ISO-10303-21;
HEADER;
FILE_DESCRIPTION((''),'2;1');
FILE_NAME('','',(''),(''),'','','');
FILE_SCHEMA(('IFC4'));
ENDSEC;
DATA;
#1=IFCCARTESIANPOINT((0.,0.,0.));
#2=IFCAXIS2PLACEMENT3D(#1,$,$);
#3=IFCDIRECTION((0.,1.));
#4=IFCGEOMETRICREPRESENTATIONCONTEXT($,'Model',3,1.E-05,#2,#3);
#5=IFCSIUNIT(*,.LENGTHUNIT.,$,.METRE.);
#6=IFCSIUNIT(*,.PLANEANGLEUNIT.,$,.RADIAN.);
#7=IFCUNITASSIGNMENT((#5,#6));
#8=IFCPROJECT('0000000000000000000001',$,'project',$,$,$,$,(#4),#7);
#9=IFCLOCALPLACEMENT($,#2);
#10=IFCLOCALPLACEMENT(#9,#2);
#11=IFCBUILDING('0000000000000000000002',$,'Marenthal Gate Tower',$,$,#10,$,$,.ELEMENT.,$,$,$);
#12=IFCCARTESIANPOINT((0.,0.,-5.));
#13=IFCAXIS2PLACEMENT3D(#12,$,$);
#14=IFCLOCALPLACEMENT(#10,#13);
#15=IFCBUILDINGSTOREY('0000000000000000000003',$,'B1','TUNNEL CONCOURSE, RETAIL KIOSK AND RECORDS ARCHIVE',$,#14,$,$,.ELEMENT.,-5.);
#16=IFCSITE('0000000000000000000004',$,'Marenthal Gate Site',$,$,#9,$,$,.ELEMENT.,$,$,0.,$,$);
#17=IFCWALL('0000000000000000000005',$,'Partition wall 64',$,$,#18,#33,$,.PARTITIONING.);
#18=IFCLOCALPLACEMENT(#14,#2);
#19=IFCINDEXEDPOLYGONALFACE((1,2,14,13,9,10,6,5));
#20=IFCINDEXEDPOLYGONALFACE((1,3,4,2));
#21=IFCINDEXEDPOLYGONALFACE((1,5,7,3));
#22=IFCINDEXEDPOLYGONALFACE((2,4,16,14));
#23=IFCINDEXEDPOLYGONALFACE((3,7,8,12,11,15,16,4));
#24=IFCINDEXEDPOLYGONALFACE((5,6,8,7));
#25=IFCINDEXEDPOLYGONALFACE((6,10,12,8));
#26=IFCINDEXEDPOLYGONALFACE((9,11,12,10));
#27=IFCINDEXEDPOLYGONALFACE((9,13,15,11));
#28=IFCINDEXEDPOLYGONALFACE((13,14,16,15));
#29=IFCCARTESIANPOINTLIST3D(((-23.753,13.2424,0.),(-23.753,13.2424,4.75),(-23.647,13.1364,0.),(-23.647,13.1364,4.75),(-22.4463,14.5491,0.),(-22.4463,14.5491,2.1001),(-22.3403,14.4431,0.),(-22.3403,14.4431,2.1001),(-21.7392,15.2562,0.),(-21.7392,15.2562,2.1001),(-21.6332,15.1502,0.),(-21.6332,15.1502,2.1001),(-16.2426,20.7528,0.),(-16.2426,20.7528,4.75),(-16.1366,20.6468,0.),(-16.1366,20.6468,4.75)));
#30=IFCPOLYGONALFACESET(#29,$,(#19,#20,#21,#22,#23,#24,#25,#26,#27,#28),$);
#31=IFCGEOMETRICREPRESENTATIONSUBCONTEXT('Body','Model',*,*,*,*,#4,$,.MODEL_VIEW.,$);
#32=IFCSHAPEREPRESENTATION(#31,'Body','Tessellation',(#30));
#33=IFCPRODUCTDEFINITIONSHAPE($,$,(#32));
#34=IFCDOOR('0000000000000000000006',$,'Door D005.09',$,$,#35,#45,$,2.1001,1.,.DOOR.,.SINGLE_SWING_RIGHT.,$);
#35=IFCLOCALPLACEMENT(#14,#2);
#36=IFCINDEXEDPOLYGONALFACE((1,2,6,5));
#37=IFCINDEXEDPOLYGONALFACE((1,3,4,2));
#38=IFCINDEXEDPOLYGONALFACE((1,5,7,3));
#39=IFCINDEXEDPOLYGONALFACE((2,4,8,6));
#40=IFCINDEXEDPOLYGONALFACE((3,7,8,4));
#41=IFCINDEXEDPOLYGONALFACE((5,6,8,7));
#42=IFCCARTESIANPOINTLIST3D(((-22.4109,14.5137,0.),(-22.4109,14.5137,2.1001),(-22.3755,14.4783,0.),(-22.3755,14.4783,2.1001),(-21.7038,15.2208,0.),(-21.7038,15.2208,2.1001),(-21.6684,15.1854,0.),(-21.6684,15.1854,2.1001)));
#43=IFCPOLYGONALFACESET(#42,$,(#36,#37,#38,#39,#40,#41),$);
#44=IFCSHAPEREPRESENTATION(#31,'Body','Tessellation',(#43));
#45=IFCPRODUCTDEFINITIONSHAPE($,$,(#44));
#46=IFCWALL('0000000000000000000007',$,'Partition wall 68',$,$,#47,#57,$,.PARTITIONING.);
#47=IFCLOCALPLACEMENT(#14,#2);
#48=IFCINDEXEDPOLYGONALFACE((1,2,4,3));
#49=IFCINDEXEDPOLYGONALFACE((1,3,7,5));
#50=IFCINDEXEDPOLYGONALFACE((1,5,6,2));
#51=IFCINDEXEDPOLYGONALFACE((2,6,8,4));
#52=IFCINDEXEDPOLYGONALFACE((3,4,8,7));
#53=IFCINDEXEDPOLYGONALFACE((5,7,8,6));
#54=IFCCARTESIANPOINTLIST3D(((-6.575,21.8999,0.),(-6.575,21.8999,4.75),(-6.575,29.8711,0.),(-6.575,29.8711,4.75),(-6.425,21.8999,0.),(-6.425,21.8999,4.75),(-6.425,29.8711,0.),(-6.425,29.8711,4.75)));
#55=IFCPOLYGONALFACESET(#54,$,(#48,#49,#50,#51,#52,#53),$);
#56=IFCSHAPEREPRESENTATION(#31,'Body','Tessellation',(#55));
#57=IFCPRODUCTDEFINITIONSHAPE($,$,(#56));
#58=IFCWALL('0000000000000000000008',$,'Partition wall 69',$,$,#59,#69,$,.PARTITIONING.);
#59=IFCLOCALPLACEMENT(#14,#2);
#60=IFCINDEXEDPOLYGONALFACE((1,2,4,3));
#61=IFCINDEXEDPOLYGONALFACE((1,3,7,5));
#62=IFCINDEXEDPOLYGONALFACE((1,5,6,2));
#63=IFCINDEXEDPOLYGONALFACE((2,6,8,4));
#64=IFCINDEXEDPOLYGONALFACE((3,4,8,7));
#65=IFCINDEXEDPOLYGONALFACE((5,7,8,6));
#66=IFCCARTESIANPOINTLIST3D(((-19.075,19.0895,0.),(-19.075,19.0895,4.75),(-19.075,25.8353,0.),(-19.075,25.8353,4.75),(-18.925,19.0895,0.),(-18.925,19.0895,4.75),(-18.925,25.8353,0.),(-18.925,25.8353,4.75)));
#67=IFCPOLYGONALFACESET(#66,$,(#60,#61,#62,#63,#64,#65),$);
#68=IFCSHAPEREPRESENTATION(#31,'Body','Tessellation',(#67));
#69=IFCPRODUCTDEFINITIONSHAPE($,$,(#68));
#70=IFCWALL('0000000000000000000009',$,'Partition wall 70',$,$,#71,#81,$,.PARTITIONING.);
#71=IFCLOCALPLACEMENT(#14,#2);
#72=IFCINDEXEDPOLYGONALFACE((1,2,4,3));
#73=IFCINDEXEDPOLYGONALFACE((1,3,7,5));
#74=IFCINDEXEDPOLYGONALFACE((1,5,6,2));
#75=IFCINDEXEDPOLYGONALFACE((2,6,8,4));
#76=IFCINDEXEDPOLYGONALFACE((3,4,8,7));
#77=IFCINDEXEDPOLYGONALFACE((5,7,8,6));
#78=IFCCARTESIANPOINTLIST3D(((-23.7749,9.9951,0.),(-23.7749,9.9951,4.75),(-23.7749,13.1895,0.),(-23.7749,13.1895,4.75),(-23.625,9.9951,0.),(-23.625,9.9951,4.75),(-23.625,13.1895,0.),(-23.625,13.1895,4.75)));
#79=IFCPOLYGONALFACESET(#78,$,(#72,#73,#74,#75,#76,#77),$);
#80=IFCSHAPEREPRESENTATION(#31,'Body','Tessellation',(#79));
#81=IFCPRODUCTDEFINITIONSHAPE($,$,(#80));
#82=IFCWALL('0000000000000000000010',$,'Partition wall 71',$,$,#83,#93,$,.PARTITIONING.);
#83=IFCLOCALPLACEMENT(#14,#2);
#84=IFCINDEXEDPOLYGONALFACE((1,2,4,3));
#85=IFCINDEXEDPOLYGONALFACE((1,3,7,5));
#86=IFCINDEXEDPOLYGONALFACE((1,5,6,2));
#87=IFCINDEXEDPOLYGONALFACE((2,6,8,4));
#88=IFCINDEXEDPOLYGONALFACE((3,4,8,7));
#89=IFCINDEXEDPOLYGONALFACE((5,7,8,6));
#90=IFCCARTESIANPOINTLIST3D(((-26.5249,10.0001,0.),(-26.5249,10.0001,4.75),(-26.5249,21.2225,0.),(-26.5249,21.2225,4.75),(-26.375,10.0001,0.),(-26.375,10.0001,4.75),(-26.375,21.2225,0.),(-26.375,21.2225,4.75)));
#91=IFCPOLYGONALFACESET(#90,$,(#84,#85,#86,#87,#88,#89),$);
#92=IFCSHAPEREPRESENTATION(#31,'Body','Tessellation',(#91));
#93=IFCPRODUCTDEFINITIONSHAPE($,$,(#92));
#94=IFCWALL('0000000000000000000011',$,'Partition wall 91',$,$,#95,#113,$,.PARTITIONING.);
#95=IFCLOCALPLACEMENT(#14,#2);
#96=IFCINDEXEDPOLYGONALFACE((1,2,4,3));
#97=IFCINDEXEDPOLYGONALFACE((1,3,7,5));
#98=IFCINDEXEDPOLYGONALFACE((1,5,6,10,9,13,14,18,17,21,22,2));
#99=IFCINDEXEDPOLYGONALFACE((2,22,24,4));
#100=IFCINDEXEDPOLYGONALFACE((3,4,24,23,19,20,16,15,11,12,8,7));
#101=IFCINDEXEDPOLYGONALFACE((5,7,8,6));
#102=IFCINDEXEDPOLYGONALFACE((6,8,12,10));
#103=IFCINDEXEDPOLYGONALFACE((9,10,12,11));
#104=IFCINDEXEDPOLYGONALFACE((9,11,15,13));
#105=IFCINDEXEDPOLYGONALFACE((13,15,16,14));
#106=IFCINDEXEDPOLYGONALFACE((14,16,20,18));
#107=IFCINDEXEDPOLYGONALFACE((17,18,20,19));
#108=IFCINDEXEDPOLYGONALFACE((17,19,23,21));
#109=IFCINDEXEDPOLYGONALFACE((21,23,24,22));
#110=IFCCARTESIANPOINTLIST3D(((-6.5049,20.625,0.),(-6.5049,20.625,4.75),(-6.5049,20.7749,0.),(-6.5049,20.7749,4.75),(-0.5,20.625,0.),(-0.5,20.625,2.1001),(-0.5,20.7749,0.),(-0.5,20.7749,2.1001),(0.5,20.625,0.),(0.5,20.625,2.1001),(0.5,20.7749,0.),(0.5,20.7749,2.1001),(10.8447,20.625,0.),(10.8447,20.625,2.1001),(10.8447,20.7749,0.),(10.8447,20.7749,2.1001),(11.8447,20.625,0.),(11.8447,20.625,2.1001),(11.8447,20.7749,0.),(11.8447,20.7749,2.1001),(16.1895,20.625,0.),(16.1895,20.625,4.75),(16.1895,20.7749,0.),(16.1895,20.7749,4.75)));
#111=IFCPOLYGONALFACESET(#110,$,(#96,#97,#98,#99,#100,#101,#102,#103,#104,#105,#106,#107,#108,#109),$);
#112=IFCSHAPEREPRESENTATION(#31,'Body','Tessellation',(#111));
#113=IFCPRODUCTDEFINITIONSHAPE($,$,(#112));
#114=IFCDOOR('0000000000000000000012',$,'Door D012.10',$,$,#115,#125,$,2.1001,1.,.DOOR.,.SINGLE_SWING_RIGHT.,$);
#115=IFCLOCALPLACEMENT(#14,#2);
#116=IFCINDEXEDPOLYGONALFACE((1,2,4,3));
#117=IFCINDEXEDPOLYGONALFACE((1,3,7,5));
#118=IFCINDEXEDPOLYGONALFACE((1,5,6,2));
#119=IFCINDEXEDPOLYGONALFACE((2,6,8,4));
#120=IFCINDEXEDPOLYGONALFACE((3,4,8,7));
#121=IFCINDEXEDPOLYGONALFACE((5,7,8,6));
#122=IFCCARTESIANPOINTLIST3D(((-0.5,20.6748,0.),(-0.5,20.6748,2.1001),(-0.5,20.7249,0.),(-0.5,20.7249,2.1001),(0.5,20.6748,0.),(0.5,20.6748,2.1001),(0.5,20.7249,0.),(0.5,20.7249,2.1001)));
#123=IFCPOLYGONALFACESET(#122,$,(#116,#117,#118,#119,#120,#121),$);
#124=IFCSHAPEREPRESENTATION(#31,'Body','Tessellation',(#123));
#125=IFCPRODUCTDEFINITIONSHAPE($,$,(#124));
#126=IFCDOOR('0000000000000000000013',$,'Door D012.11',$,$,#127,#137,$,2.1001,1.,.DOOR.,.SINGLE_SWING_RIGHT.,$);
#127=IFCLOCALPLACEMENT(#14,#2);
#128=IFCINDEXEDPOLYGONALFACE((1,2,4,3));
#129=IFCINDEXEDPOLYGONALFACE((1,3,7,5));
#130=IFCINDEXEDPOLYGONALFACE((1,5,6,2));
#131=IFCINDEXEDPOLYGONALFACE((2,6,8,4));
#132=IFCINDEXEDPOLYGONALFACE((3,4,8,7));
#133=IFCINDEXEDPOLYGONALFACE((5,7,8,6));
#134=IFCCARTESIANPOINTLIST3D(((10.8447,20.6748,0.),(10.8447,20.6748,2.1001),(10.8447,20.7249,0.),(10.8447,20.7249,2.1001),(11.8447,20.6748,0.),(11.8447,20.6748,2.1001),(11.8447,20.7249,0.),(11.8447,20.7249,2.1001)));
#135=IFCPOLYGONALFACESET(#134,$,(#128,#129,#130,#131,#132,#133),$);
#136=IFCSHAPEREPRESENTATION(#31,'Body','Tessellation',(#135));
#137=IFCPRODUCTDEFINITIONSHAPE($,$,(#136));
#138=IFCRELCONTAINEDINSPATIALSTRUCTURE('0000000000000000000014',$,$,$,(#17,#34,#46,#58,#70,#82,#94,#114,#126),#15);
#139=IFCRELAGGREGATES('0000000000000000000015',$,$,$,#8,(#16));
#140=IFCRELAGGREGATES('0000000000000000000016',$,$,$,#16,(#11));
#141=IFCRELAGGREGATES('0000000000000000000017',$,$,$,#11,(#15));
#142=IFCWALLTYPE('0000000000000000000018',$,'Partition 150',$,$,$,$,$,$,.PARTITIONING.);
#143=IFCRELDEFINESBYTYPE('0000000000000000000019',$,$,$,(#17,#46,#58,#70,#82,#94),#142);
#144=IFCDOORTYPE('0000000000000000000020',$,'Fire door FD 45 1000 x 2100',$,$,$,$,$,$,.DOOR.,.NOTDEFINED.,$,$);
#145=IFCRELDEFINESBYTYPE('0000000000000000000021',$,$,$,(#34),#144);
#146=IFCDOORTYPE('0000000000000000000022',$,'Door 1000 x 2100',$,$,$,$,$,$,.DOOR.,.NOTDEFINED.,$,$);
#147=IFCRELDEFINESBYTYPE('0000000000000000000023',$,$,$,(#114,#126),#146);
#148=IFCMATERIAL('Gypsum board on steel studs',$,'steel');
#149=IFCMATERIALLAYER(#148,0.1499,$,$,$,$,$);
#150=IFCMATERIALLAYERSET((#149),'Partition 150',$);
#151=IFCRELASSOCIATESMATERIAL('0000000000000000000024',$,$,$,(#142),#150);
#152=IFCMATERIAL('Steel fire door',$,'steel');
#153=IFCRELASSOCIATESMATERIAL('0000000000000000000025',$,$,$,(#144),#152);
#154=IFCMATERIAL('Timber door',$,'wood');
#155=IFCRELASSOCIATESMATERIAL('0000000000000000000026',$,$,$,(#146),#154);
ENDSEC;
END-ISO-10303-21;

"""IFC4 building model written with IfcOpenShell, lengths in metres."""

from ifc_helpers import new_model, si_unit, direction, frame, frame_2d, origin, place, context, subcontext, project, spatial, rectangle, extrude, material, layer, layer_set, type_object, element, fill, save


model = new_model("IFC4")

# Units and contexts
model_context = context("Model", 3, precision=1e-05, world=origin(), true_north=direction((0.0, 1.0)))
body_context = subcontext(model_context, "Body", "Model", "MODEL_VIEW")
ifc_project = project(units=[si_unit("LENGTHUNIT", "METRE"), si_unit("PLANEANGLEUNIT", "RADIAN")], contexts=[model_context])

# Site, building, storey
site_placement = place(None, origin())
site = spatial("IfcSite", under=ifc_project, at=site_placement, Name="Marenthal Gate Site", CompositionType="ELEMENT", RefElevation=0.0)
building_placement = place(site_placement, origin())
building = spatial("IfcBuilding", under=site, at=building_placement, Name="Marenthal Gate Tower", CompositionType="ELEMENT")
storey_placement = place(building_placement, frame((0.0, 0.0, -5.0)))
storey = spatial("IfcBuildingStorey", under=building, at=storey_placement, Name="B1", Description="TUNNEL CONCOURSE, RETAIL KIOSK AND RECORDS ARCHIVE", CompositionType="ELEMENT", Elevation=-5.0)

# Wall, opening, door
ifc_material_1 = material(Name="Gypsum board on steel studs", Category="steel")
ifc_layer_1 = layer(ifc_material_1, 0.1499)
ifc_layer_set_1 = layer_set([ifc_layer_1], Name="Partition 150")
wall_type_1 = type_object("IfcWallType", Name="Partition 150", PredefinedType="PARTITIONING", material=ifc_layer_set_1)
ifc_material_2 = material(Name="Steel fire door", Category="steel")
door_type_1 = type_object("IfcDoorType", Name="Fire door FD 45 1000 x 2100", OperationType="NOTDEFINED", PredefinedType="DOOR", material=ifc_material_2)
wall_1_placement = place(storey_placement, frame((-23.7, 13.1895, 0.0), z_axis=(0.0, 0.0, 1.0), x_axis=(0.707107, 0.707107, 0.0)))
wall_1 = element("IfcWall", 1, at=wall_1_placement, inside=storey, type_object=wall_type_1, Name="Partition wall 64", PredefinedType="PARTITIONING", context=body_context, shape_type="SweptSolid", body=[
    extrude(rectangle(XDim=10.6213, YDim=0.1499, at=frame_2d((5.3105, 0.0))), origin(), (0.0, 0.0, 1.0), 4.75),
])
opening_1_placement = place(wall_1_placement, frame((1.8479, 0.0, 0.0)))
opening_1 = element("IfcOpeningElement", 2, at=opening_1_placement, cuts=wall_1, PredefinedType="OPENING", context=body_context, shape_type="SweptSolid", body=[
    extrude(rectangle(XDim=1.0, YDim=2.1001, at=frame_2d((0.5, 1.05))), frame((0.0, 0.085, 0.0), z_axis=(0.0, -1.0, 0.0), x_axis=(1.0, 0.0, 0.0)), (0.0, 0.0, 1.0), 0.1699),
])
door_1_placement = place(opening_1_placement, origin())
door_1 = element("IfcDoor", 3, at=door_1_placement, inside=storey, type_object=door_type_1, Name="Door D005.09", OperationType="SINGLE_SWING_RIGHT", OverallHeight=2.1001, OverallWidth=1.0, PredefinedType="DOOR", context=body_context, shape_type="SweptSolid", body=[
    extrude(rectangle(XDim=1.0, YDim=2.1001, at=frame_2d((0.5, 1.05))), frame((0.0, 0.0249, 0.0), z_axis=(0.0, -1.0, 0.0), x_axis=(1.0, 0.0, 0.0)), (0.0, 0.0, 1.0), 0.05),
])
fill(opening_1, door_1)

# Walls
wall_2_placement = place(storey_placement, frame((-6.5, 21.8999, 0.0), z_axis=(0.0, 0.0, 1.0), x_axis=(0.0, 1.0, 0.0)))
element("IfcWall", 4, at=wall_2_placement, inside=storey, type_object=wall_type_1, Name="Partition wall 68", PredefinedType="PARTITIONING", context=body_context, shape_type="SweptSolid", body=[
    extrude(rectangle(XDim=7.9712, YDim=0.1499, at=frame_2d((3.9856, 0.0))), origin(), (0.0, 0.0, 1.0), 4.75),
])
wall_3_placement = place(storey_placement, frame((-19.0, 19.0894, 0.0), z_axis=(0.0, 0.0, 1.0), x_axis=(0.0, 1.0, 0.0)))
element("IfcWall", 5, at=wall_3_placement, inside=storey, type_object=wall_type_1, Name="Partition wall 69", PredefinedType="PARTITIONING", context=body_context, shape_type="SweptSolid", body=[
    extrude(rectangle(XDim=6.7458, YDim=0.1499, at=frame_2d((3.373, 0.0))), origin(), (0.0, 0.0, 1.0), 4.75),
])
wall_4_placement = place(storey_placement, frame((-23.7, 9.9951, 0.0), z_axis=(0.0, 0.0, 1.0), x_axis=(0.0, 1.0, 0.0)))
element("IfcWall", 6, at=wall_4_placement, inside=storey, type_object=wall_type_1, Name="Partition wall 70", PredefinedType="PARTITIONING", context=body_context, shape_type="SweptSolid", body=[
    extrude(rectangle(XDim=3.1943, YDim=0.1499, at=frame_2d((1.5972, 0.0))), origin(), (0.0, 0.0, 1.0), 4.75),
])
wall_5_placement = place(storey_placement, frame((-26.45, 10.0, 0.0), z_axis=(0.0, 0.0, 1.0), x_axis=(0.0, 1.0, 0.0)))
element("IfcWall", 7, at=wall_5_placement, inside=storey, type_object=wall_type_1, Name="Partition wall 71", PredefinedType="PARTITIONING", context=body_context, shape_type="SweptSolid", body=[
    extrude(rectangle(XDim=11.2224, YDim=0.1499, at=frame_2d((5.6113, 0.0))), origin(), (0.0, 0.0, 1.0), 4.75),
])

# Wall, openings, doors
wall_6_placement = place(storey_placement, frame((-6.5049, 20.7, 0.0), z_axis=(0.0, 0.0, 1.0), x_axis=(1.0, 0.0, 0.0)))
wall_6 = element("IfcWall", 8, at=wall_6_placement, inside=storey, type_object=wall_type_1, Name="Partition wall 91", PredefinedType="PARTITIONING", context=body_context, shape_type="SweptSolid", body=[
    extrude(rectangle(XDim=22.6943, YDim=0.1499, at=frame_2d((11.3472, 0.0))), origin(), (0.0, 0.0, 1.0), 4.75),
])
opening_2_placement = place(wall_6_placement, frame((6.0049, 0.0, 0.0)))
opening_2 = element("IfcOpeningElement", 9, at=opening_2_placement, cuts=wall_6, PredefinedType="OPENING", context=body_context, shape_type="SweptSolid", body=[
    extrude(rectangle(XDim=1.0, YDim=2.1001, at=frame_2d((0.5, 1.05))), frame((0.0, 0.085, 0.0), z_axis=(0.0, -1.0, 0.0), x_axis=(1.0, 0.0, 0.0)), (0.0, 0.0, 1.0), 0.1699),
])
opening_3_placement = place(wall_6_placement, frame((17.3496, 0.0, 0.0)))
opening_3 = element("IfcOpeningElement", 10, at=opening_3_placement, cuts=wall_6, PredefinedType="OPENING", context=body_context, shape_type="SweptSolid", body=[
    extrude(rectangle(XDim=1.0, YDim=2.1001, at=frame_2d((0.5, 1.05))), frame((0.0, 0.085, 0.0), z_axis=(0.0, -1.0, 0.0), x_axis=(1.0, 0.0, 0.0)), (0.0, 0.0, 1.0), 0.1699),
])
ifc_material_3 = material(Name="Timber door", Category="wood")
door_type_2 = type_object("IfcDoorType", Name="Door 1000 x 2100", OperationType="NOTDEFINED", PredefinedType="DOOR", material=ifc_material_3)
door_2_placement = place(opening_2_placement, origin())
door_2 = element("IfcDoor", 11, at=door_2_placement, inside=storey, type_object=door_type_2, Name="Door D012.10", OperationType="SINGLE_SWING_RIGHT", OverallHeight=2.1001, OverallWidth=1.0, PredefinedType="DOOR", context=body_context, shape_type="SweptSolid", body=[
    extrude(rectangle(XDim=1.0, YDim=2.1001, at=frame_2d((0.5, 1.05))), frame((0.0, 0.0249, 0.0), z_axis=(0.0, -1.0, 0.0), x_axis=(1.0, 0.0, 0.0)), (0.0, 0.0, 1.0), 0.05),
])
fill(opening_2, door_2)
door_3_placement = place(opening_3_placement, origin())
door_3 = element("IfcDoor", 12, at=door_3_placement, inside=storey, type_object=door_type_2, Name="Door D012.11", OperationType="SINGLE_SWING_RIGHT", OverallHeight=2.1001, OverallWidth=1.0, PredefinedType="DOOR", context=body_context, shape_type="SweptSolid", body=[
    extrude(rectangle(XDim=1.0, YDim=2.1001, at=frame_2d((0.5, 1.05))), frame((0.0, 0.0249, 0.0), z_axis=(0.0, -1.0, 0.0), x_axis=(1.0, 0.0, 0.0)), (0.0, 0.0, 1.0), 0.05),
])
fill(opening_3, door_3)

save(model, "model.ifc")
